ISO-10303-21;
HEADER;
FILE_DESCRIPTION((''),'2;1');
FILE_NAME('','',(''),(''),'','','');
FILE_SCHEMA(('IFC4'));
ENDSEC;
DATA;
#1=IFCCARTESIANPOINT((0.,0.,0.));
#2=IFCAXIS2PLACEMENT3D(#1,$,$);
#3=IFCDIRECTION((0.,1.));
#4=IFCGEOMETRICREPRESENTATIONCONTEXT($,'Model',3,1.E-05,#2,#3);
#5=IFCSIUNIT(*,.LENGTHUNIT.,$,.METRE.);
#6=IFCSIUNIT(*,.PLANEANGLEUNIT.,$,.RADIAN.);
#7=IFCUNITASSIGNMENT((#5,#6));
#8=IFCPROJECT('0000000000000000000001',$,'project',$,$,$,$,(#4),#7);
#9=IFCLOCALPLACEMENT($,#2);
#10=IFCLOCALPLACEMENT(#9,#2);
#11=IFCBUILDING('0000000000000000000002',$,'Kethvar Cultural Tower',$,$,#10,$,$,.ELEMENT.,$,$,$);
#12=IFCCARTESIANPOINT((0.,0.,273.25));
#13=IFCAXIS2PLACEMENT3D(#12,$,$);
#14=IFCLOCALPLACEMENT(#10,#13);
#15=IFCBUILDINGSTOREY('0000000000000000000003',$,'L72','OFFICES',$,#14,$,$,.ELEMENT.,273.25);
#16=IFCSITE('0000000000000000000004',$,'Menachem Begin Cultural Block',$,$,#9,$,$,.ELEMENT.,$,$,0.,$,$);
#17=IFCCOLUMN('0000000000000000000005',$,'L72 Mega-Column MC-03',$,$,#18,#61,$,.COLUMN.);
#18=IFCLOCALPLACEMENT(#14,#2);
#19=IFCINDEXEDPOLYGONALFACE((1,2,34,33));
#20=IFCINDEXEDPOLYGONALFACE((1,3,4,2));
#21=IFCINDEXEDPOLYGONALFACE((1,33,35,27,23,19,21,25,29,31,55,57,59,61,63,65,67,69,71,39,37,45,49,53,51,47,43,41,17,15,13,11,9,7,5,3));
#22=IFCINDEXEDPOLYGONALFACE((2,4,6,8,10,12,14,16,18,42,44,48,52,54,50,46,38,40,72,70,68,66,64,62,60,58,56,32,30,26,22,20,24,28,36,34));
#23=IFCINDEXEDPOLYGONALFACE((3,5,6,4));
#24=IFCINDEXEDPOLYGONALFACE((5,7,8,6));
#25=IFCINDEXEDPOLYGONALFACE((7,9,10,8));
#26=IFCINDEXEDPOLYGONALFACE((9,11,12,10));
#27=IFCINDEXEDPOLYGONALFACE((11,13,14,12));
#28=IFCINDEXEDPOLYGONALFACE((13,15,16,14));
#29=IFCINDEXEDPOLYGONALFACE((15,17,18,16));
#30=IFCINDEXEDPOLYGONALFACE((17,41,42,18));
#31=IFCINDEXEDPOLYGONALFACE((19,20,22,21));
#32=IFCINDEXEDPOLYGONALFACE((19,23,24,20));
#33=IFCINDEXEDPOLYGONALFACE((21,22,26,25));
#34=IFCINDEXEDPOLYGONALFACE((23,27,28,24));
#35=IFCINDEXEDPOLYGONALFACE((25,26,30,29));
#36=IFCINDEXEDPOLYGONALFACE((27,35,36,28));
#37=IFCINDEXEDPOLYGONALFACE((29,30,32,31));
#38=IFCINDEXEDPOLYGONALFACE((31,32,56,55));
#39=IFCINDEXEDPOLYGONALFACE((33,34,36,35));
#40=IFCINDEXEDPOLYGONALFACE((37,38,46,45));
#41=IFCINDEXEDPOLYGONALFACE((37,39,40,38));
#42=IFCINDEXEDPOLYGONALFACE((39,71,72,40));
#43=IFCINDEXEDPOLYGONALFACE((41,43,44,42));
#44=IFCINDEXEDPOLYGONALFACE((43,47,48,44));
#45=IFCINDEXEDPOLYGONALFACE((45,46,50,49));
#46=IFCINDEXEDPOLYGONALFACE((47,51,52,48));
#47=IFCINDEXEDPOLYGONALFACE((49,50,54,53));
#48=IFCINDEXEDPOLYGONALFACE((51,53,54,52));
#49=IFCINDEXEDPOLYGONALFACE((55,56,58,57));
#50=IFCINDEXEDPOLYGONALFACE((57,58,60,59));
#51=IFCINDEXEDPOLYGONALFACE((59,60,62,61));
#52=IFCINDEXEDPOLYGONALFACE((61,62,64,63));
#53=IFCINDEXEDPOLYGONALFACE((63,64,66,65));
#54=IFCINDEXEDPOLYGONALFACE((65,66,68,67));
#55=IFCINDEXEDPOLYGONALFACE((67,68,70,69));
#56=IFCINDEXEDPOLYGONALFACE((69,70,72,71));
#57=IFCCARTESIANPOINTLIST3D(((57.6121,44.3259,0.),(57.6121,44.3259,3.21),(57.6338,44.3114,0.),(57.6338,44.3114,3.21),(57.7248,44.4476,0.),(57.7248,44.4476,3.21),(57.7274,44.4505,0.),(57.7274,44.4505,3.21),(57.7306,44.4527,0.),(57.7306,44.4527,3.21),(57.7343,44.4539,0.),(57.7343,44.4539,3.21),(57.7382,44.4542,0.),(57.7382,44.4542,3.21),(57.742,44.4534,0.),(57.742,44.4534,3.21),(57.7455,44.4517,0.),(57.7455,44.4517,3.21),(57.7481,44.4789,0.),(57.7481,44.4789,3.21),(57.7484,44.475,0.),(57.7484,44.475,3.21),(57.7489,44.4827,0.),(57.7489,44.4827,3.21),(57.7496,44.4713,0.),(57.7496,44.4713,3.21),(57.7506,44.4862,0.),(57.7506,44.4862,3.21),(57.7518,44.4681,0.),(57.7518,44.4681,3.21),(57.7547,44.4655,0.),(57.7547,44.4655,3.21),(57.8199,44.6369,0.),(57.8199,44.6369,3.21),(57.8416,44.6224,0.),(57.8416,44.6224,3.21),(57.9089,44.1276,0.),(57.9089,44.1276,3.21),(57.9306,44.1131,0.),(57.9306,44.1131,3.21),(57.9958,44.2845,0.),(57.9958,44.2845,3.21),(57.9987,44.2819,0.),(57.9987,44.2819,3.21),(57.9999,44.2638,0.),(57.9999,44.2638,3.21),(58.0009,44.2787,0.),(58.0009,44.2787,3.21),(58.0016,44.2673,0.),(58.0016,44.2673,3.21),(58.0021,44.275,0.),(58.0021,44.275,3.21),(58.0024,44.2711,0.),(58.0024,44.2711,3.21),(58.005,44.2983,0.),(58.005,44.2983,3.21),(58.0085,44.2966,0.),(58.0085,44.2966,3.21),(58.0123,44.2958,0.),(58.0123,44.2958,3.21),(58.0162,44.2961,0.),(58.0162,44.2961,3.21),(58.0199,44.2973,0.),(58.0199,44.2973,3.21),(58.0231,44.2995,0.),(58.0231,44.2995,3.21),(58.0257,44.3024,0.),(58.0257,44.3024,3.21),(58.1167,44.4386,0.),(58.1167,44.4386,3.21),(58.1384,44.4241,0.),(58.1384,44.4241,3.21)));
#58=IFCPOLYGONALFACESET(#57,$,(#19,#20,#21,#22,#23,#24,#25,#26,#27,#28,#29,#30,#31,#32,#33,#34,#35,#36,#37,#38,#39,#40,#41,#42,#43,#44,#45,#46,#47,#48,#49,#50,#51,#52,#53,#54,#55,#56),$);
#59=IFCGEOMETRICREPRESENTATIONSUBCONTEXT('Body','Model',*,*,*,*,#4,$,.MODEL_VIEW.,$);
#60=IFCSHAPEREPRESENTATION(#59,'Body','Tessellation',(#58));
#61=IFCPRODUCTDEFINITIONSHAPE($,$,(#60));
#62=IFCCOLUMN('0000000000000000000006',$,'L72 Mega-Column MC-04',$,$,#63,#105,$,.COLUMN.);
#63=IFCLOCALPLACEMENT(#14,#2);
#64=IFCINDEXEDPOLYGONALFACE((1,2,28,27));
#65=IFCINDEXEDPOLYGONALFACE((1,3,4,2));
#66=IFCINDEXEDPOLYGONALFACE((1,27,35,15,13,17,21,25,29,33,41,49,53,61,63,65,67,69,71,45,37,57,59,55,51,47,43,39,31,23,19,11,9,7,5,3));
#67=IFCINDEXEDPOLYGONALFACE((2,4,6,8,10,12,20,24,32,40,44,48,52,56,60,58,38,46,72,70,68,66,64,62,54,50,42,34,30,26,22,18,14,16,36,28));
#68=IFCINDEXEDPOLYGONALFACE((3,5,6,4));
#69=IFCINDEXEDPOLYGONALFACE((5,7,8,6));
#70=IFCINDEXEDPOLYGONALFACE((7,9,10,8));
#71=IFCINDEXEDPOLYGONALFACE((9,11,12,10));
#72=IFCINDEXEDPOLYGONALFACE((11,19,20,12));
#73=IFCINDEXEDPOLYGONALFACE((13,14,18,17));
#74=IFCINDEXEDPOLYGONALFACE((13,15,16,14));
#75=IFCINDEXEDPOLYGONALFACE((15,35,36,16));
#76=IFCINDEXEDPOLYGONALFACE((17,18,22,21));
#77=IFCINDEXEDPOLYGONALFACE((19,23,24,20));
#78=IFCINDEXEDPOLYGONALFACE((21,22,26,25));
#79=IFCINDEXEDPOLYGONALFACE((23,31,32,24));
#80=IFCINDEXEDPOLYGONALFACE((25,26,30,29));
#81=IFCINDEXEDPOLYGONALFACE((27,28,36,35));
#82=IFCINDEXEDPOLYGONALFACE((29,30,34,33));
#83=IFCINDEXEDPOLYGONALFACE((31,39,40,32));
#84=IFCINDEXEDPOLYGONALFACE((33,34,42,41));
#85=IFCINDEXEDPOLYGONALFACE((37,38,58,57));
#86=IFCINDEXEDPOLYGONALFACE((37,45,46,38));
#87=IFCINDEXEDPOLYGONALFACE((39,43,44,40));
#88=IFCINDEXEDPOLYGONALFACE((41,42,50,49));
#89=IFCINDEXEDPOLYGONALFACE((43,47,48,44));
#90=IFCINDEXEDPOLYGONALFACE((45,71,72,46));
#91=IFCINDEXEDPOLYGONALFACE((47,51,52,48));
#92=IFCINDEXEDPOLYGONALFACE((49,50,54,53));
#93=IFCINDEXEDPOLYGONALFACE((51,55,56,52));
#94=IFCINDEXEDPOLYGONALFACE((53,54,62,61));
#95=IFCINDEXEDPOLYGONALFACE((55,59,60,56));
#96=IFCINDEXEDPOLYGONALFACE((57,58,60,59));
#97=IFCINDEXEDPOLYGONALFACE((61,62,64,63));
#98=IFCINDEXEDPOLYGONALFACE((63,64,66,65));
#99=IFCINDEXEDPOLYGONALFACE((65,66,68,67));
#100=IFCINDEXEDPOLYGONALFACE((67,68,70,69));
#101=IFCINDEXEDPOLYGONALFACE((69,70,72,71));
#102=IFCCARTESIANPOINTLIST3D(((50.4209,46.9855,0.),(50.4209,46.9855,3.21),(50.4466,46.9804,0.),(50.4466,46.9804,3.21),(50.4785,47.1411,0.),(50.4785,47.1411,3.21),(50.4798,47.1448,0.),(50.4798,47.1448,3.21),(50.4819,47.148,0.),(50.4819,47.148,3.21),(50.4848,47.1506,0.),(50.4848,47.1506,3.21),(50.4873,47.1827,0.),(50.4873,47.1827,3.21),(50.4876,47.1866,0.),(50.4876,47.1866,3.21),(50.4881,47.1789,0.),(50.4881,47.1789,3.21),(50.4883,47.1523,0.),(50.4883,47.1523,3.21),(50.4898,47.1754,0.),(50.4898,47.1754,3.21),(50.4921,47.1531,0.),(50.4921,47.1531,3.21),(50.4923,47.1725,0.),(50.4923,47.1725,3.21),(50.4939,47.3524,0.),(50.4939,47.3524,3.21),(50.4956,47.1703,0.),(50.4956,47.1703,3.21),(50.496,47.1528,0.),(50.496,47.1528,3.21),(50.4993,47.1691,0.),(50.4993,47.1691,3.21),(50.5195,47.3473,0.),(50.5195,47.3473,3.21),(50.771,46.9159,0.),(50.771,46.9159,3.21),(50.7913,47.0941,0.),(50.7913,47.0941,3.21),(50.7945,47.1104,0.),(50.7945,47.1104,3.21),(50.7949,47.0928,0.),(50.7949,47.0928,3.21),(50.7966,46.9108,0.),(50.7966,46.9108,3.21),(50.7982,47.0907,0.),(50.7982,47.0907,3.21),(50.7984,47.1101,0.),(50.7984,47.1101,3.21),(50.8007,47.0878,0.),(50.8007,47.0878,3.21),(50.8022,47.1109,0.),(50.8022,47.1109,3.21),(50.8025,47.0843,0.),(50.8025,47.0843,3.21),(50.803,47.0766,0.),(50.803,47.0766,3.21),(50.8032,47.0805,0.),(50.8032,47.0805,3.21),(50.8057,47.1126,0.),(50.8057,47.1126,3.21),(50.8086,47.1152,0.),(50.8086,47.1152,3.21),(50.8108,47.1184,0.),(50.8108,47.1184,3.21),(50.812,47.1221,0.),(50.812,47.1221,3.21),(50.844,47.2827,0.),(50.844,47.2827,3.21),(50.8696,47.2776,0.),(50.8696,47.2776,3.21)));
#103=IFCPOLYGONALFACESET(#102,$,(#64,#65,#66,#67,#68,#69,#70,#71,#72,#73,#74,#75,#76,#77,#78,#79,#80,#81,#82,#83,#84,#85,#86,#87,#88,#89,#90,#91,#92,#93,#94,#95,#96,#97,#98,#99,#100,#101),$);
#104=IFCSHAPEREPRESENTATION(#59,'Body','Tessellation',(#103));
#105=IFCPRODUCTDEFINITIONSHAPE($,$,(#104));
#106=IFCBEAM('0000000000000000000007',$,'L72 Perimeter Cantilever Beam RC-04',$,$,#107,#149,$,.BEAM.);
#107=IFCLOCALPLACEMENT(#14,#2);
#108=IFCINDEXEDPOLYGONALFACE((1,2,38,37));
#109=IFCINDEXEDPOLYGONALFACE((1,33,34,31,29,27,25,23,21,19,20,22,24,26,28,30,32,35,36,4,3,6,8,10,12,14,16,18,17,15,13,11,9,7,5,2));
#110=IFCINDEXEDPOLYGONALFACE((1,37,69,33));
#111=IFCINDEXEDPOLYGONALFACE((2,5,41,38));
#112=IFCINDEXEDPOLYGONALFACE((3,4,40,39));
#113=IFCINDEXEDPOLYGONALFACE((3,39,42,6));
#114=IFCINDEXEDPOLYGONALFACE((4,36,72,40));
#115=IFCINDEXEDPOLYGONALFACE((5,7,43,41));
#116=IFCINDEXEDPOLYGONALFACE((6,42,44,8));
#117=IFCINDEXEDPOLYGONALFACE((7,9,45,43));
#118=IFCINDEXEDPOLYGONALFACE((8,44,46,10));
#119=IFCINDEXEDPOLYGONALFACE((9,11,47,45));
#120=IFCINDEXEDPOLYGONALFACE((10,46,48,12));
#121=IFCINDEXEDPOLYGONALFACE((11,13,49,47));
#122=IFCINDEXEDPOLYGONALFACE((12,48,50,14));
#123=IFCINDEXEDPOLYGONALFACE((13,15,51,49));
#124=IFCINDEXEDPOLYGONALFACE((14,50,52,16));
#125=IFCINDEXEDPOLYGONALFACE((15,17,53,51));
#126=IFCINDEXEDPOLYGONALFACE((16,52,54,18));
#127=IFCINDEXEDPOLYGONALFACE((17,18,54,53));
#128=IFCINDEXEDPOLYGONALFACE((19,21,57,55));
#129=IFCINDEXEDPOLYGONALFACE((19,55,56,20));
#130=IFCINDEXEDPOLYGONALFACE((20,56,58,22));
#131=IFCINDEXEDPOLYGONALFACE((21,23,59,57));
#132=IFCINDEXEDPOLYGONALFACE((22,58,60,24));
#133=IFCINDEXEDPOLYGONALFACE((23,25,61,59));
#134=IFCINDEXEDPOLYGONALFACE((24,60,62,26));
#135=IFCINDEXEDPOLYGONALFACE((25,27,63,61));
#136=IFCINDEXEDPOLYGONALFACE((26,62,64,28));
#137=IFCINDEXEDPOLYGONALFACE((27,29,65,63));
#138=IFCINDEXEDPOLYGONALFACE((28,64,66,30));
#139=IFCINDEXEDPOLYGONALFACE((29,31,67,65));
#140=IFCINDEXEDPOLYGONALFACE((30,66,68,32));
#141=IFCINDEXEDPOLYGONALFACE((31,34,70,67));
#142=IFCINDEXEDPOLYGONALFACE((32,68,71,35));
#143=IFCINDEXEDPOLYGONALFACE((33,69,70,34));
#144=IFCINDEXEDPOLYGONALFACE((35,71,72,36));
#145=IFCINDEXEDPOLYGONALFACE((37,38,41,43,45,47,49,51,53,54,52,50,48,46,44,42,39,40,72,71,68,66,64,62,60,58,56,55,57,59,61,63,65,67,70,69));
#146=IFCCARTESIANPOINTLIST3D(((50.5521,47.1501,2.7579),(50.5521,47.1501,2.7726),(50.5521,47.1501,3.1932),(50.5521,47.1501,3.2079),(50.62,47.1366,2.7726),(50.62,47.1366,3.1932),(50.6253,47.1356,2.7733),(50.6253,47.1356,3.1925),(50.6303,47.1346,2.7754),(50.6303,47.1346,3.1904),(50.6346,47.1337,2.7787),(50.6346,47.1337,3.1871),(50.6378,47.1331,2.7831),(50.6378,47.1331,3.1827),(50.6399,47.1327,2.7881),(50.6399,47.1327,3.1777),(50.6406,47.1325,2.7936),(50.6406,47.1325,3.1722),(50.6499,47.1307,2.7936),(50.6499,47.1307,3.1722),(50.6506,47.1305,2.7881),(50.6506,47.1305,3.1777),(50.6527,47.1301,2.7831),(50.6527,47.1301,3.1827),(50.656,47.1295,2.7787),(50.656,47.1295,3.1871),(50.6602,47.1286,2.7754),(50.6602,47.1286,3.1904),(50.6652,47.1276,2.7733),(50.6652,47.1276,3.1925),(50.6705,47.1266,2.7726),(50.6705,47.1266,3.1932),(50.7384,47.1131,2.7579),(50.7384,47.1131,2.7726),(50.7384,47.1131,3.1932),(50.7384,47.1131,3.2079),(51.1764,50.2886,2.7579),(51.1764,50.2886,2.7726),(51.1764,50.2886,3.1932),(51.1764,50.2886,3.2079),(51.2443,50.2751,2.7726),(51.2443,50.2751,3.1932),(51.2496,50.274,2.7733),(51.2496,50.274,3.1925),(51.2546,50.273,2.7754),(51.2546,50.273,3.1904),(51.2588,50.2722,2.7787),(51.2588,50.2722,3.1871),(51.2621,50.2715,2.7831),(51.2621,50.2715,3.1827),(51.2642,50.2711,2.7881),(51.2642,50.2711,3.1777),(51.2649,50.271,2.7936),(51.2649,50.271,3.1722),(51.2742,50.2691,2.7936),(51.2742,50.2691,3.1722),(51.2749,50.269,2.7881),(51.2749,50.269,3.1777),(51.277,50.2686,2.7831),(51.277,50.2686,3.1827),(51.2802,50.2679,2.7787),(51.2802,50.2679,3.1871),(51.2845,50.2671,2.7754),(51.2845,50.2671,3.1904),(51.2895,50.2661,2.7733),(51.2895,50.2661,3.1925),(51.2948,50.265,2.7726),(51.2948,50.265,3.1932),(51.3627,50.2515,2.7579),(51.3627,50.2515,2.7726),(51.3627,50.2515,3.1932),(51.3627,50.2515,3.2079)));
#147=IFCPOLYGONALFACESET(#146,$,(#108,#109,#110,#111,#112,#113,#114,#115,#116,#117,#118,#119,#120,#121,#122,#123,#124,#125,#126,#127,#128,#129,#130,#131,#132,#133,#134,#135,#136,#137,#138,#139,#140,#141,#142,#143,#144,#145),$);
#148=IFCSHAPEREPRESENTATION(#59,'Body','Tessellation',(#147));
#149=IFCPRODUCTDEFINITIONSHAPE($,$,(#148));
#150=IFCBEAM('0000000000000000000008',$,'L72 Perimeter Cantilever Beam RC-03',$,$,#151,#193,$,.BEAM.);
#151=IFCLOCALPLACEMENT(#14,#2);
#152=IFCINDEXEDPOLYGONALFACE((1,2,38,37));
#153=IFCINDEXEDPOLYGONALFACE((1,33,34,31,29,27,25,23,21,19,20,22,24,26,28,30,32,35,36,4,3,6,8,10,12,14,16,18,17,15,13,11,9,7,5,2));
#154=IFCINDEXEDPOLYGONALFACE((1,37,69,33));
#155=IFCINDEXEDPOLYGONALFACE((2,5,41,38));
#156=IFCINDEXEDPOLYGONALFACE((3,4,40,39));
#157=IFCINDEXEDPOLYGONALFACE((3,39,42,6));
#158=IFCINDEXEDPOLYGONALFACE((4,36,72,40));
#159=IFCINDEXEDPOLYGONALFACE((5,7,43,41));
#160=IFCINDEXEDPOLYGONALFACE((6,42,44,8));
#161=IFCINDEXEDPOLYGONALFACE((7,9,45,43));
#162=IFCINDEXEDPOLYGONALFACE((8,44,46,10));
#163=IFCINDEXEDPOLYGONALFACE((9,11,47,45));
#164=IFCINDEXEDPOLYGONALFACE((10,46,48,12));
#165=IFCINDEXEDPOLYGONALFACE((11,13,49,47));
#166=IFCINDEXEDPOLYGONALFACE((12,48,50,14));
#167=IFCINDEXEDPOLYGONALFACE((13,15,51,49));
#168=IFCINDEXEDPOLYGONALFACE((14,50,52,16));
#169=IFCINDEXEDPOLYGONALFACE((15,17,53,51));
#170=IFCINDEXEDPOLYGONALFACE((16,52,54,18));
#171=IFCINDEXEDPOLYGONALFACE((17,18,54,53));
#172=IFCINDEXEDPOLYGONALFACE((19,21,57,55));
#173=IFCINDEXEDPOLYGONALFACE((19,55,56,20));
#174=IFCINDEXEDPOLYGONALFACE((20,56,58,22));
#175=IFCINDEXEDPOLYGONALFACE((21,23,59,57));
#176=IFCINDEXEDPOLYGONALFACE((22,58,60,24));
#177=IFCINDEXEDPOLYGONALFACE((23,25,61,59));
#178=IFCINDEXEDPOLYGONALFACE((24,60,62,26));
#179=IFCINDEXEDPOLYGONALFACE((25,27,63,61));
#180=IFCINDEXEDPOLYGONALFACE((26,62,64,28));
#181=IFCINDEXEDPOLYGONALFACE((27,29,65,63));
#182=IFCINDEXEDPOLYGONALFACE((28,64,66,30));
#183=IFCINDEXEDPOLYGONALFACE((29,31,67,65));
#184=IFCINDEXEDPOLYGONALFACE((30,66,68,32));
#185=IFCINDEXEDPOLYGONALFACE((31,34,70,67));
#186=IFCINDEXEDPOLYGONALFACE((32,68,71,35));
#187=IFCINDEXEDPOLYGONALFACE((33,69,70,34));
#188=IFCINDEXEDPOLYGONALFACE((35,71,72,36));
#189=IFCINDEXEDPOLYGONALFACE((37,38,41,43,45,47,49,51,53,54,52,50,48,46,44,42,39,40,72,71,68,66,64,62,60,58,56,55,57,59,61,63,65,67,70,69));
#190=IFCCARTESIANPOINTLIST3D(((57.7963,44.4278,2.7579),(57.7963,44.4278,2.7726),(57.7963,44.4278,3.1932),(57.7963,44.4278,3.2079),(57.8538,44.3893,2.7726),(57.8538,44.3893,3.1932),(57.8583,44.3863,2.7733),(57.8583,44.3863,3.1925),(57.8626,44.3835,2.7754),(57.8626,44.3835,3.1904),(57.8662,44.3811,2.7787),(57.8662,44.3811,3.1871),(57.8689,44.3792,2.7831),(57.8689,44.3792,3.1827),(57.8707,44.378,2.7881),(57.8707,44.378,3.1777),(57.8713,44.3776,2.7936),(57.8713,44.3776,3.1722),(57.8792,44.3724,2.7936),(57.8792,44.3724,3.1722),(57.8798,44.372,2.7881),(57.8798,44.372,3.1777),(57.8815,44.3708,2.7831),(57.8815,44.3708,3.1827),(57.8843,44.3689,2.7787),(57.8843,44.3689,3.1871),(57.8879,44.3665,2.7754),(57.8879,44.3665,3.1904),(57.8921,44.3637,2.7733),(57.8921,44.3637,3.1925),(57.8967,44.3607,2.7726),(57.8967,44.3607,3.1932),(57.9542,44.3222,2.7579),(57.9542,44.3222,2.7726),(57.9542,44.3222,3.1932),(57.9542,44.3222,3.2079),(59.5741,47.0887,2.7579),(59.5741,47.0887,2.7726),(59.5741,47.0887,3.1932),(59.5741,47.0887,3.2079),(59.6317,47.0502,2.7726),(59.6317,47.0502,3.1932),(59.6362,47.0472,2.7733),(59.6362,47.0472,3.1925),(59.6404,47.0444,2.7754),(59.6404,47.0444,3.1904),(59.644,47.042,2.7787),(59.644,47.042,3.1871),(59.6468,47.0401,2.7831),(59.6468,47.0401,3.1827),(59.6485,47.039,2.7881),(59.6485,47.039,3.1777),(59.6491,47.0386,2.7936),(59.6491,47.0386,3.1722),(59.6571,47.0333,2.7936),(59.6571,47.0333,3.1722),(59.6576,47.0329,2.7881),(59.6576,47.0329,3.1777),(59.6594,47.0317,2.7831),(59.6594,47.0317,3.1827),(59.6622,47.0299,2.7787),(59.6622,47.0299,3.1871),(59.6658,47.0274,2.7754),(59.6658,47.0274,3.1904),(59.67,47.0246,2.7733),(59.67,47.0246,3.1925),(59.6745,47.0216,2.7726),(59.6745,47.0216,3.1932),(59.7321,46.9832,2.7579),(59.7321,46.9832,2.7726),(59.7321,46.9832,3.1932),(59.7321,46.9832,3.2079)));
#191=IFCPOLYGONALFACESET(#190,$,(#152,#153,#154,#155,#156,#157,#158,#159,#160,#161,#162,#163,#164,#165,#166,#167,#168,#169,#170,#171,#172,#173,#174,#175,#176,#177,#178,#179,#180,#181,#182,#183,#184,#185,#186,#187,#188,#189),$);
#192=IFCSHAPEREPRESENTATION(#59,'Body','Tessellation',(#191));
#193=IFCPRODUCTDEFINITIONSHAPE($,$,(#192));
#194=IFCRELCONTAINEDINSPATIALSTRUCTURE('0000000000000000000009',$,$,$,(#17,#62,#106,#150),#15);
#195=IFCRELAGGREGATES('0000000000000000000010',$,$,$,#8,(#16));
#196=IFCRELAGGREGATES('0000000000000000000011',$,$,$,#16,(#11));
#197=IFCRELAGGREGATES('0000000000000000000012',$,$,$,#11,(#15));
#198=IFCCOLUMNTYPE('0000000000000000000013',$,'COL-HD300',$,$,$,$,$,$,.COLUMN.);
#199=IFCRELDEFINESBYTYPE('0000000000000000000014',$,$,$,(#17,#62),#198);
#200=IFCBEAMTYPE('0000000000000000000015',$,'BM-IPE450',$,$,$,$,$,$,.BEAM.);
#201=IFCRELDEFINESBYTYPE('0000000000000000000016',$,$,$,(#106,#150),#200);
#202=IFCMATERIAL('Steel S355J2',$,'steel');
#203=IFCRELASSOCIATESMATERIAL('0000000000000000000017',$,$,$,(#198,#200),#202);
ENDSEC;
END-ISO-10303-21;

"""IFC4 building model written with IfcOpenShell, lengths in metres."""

from ifc_helpers import new_model, si_unit, direction, frame, origin, origin_2d, place, context, subcontext, project, spatial, i_section, extrude, source, transform, mapped, material, material_profile, profile_set, type_object, element, save


model = new_model("IFC4")

# Units and contexts
model_context = context("Model", 3, precision=1e-05, world=origin(), true_north=direction((0.0, 1.0)))
body_context = subcontext(model_context, "Body", "Model", "MODEL_VIEW")
ifc_project = project(units=[si_unit("LENGTHUNIT", "METRE"), si_unit("PLANEANGLEUNIT", "RADIAN")], contexts=[model_context])

# Site, building, storey
site_placement = place(None, origin())
site = spatial("IfcSite", under=ifc_project, at=site_placement, Name="Menachem Begin Cultural Block", CompositionType="ELEMENT", RefElevation=0.0)
building_placement = place(site_placement, origin())
building = spatial("IfcBuilding", under=site, at=building_placement, Name="Kethvar Cultural Tower", CompositionType="ELEMENT")
storey_placement = place(building_placement, frame((0.0, 0.0, 273.25)))
storey = spatial("IfcBuildingStorey", under=building, at=storey_placement, Name="L72", Description="OFFICES", CompositionType="ELEMENT", Elevation=273.25)

# Columns
ifc_material_1 = material(Name="Steel S355J2", Category="steel")
ifc_material_profile_1 = material_profile(ifc_material_1, i_section(OverallWidth=0.374, OverallDepth=0.3831, WebThickness=0.0166, FlangeThickness=0.0261, FilletRadius=0.0149, at=origin_2d()), Name="Steel S355J2 — HD360x300")
ifc_profile_set_1 = profile_set([ifc_material_profile_1], Name="Steel S355J2 — HD360x300")
column_type = type_object("IfcColumnType", Name="COL-HD300", PredefinedType="COLUMN", material=ifc_profile_set_1)
shared_shape_1 = source(origin(), body_context, "Body", "SweptSolid", [
    extrude(i_section(OverallWidth=0.374, OverallDepth=0.3831, WebThickness=0.0166, FlangeThickness=0.0261, FilletRadius=0.0149, at=origin_2d()), origin(), (0.0, 0.0, 1.0), 3.21),
])
for number, where, z_axis, x_axis, name in (
    (1, (57.8752, 44.375, 0.0), (0.0, 0.0, 1.0), (0.55557, 0.83147, 0.0), "L72 Mega-Column MC-03"),
    (2, (50.6453, 47.1316, 0.0), (0.0, 0.0, 1.0), (0.19509, 0.980785, 0.0), "L72 Mega-Column MC-04"),
):
    element("IfcColumn", number, at=place(storey_placement, frame(where, z_axis=z_axis, x_axis=x_axis)), inside=storey, type_object=column_type, Name=name, PredefinedType="COLUMN", context=body_context, shape_type="MappedRepresentation", body=[
        mapped(shared_shape_1, transform((0.0, 0.0, 0.0), scale=1.0)),
    ])

# Beams
ifc_material_profile_2 = material_profile(ifc_material_1, i_section(OverallWidth=0.1899, OverallDepth=0.45, WebThickness=0.0095, FlangeThickness=0.0146, FilletRadius=0.021, at=origin_2d()), Name="Steel S355J2 — IPE450")
ifc_profile_set_2 = profile_set([ifc_material_profile_2], Name="Steel S355J2 — IPE450")
beam_type_1 = type_object("IfcBeamType", Name="BM-IPE450", PredefinedType="BEAM", material=ifc_profile_set_2)
shared_shape_2 = source(origin(), body_context, "Body", "SweptSolid", [
    extrude(i_section(OverallWidth=0.1899, OverallDepth=0.45, WebThickness=0.0095, FlangeThickness=0.0146, FilletRadius=0.021, at=origin_2d()), origin(), (0.0, 0.0, 1.0), 3.2),
])
beam_1_placement = place(storey_placement, frame((50.6453, 47.1316, 2.9829), z_axis=(0.195089, 0.980786, 0.0), x_axis=(-0.980786, 0.195089, 0.0)))
element("IfcBeam", 3, at=beam_1_placement, inside=storey, type_object=beam_type_1, Name="L72 Perimeter Cantilever Beam RC-04", PredefinedType="BEAM", context=body_context, shape_type="MappedRepresentation", body=[
    mapped(shared_shape_2, transform((0.0, 0.0, 0.0), scale=1.0)),
])
shared_shape_3 = source(origin(), body_context, "Body", "SweptSolid", [
    extrude(i_section(OverallWidth=0.1899, OverallDepth=0.45, WebThickness=0.0095, FlangeThickness=0.0146, FilletRadius=0.021, at=origin_2d()), origin(), (0.0, 0.0, 1.0), 3.2002),
])
beam_2_placement = place(storey_placement, frame((57.8752, 44.375, 2.9829), z_axis=(0.555545, 0.831486, 0.0), x_axis=(-0.831486, 0.555545, 0.0)))
element("IfcBeam", 4, at=beam_2_placement, inside=storey, type_object=beam_type_1, Name="L72 Perimeter Cantilever Beam RC-03", PredefinedType="BEAM", context=body_context, shape_type="MappedRepresentation", body=[
    mapped(shared_shape_3, transform((0.0, 0.0, 0.0), scale=1.0)),
])

save(model, "model.ifc")
